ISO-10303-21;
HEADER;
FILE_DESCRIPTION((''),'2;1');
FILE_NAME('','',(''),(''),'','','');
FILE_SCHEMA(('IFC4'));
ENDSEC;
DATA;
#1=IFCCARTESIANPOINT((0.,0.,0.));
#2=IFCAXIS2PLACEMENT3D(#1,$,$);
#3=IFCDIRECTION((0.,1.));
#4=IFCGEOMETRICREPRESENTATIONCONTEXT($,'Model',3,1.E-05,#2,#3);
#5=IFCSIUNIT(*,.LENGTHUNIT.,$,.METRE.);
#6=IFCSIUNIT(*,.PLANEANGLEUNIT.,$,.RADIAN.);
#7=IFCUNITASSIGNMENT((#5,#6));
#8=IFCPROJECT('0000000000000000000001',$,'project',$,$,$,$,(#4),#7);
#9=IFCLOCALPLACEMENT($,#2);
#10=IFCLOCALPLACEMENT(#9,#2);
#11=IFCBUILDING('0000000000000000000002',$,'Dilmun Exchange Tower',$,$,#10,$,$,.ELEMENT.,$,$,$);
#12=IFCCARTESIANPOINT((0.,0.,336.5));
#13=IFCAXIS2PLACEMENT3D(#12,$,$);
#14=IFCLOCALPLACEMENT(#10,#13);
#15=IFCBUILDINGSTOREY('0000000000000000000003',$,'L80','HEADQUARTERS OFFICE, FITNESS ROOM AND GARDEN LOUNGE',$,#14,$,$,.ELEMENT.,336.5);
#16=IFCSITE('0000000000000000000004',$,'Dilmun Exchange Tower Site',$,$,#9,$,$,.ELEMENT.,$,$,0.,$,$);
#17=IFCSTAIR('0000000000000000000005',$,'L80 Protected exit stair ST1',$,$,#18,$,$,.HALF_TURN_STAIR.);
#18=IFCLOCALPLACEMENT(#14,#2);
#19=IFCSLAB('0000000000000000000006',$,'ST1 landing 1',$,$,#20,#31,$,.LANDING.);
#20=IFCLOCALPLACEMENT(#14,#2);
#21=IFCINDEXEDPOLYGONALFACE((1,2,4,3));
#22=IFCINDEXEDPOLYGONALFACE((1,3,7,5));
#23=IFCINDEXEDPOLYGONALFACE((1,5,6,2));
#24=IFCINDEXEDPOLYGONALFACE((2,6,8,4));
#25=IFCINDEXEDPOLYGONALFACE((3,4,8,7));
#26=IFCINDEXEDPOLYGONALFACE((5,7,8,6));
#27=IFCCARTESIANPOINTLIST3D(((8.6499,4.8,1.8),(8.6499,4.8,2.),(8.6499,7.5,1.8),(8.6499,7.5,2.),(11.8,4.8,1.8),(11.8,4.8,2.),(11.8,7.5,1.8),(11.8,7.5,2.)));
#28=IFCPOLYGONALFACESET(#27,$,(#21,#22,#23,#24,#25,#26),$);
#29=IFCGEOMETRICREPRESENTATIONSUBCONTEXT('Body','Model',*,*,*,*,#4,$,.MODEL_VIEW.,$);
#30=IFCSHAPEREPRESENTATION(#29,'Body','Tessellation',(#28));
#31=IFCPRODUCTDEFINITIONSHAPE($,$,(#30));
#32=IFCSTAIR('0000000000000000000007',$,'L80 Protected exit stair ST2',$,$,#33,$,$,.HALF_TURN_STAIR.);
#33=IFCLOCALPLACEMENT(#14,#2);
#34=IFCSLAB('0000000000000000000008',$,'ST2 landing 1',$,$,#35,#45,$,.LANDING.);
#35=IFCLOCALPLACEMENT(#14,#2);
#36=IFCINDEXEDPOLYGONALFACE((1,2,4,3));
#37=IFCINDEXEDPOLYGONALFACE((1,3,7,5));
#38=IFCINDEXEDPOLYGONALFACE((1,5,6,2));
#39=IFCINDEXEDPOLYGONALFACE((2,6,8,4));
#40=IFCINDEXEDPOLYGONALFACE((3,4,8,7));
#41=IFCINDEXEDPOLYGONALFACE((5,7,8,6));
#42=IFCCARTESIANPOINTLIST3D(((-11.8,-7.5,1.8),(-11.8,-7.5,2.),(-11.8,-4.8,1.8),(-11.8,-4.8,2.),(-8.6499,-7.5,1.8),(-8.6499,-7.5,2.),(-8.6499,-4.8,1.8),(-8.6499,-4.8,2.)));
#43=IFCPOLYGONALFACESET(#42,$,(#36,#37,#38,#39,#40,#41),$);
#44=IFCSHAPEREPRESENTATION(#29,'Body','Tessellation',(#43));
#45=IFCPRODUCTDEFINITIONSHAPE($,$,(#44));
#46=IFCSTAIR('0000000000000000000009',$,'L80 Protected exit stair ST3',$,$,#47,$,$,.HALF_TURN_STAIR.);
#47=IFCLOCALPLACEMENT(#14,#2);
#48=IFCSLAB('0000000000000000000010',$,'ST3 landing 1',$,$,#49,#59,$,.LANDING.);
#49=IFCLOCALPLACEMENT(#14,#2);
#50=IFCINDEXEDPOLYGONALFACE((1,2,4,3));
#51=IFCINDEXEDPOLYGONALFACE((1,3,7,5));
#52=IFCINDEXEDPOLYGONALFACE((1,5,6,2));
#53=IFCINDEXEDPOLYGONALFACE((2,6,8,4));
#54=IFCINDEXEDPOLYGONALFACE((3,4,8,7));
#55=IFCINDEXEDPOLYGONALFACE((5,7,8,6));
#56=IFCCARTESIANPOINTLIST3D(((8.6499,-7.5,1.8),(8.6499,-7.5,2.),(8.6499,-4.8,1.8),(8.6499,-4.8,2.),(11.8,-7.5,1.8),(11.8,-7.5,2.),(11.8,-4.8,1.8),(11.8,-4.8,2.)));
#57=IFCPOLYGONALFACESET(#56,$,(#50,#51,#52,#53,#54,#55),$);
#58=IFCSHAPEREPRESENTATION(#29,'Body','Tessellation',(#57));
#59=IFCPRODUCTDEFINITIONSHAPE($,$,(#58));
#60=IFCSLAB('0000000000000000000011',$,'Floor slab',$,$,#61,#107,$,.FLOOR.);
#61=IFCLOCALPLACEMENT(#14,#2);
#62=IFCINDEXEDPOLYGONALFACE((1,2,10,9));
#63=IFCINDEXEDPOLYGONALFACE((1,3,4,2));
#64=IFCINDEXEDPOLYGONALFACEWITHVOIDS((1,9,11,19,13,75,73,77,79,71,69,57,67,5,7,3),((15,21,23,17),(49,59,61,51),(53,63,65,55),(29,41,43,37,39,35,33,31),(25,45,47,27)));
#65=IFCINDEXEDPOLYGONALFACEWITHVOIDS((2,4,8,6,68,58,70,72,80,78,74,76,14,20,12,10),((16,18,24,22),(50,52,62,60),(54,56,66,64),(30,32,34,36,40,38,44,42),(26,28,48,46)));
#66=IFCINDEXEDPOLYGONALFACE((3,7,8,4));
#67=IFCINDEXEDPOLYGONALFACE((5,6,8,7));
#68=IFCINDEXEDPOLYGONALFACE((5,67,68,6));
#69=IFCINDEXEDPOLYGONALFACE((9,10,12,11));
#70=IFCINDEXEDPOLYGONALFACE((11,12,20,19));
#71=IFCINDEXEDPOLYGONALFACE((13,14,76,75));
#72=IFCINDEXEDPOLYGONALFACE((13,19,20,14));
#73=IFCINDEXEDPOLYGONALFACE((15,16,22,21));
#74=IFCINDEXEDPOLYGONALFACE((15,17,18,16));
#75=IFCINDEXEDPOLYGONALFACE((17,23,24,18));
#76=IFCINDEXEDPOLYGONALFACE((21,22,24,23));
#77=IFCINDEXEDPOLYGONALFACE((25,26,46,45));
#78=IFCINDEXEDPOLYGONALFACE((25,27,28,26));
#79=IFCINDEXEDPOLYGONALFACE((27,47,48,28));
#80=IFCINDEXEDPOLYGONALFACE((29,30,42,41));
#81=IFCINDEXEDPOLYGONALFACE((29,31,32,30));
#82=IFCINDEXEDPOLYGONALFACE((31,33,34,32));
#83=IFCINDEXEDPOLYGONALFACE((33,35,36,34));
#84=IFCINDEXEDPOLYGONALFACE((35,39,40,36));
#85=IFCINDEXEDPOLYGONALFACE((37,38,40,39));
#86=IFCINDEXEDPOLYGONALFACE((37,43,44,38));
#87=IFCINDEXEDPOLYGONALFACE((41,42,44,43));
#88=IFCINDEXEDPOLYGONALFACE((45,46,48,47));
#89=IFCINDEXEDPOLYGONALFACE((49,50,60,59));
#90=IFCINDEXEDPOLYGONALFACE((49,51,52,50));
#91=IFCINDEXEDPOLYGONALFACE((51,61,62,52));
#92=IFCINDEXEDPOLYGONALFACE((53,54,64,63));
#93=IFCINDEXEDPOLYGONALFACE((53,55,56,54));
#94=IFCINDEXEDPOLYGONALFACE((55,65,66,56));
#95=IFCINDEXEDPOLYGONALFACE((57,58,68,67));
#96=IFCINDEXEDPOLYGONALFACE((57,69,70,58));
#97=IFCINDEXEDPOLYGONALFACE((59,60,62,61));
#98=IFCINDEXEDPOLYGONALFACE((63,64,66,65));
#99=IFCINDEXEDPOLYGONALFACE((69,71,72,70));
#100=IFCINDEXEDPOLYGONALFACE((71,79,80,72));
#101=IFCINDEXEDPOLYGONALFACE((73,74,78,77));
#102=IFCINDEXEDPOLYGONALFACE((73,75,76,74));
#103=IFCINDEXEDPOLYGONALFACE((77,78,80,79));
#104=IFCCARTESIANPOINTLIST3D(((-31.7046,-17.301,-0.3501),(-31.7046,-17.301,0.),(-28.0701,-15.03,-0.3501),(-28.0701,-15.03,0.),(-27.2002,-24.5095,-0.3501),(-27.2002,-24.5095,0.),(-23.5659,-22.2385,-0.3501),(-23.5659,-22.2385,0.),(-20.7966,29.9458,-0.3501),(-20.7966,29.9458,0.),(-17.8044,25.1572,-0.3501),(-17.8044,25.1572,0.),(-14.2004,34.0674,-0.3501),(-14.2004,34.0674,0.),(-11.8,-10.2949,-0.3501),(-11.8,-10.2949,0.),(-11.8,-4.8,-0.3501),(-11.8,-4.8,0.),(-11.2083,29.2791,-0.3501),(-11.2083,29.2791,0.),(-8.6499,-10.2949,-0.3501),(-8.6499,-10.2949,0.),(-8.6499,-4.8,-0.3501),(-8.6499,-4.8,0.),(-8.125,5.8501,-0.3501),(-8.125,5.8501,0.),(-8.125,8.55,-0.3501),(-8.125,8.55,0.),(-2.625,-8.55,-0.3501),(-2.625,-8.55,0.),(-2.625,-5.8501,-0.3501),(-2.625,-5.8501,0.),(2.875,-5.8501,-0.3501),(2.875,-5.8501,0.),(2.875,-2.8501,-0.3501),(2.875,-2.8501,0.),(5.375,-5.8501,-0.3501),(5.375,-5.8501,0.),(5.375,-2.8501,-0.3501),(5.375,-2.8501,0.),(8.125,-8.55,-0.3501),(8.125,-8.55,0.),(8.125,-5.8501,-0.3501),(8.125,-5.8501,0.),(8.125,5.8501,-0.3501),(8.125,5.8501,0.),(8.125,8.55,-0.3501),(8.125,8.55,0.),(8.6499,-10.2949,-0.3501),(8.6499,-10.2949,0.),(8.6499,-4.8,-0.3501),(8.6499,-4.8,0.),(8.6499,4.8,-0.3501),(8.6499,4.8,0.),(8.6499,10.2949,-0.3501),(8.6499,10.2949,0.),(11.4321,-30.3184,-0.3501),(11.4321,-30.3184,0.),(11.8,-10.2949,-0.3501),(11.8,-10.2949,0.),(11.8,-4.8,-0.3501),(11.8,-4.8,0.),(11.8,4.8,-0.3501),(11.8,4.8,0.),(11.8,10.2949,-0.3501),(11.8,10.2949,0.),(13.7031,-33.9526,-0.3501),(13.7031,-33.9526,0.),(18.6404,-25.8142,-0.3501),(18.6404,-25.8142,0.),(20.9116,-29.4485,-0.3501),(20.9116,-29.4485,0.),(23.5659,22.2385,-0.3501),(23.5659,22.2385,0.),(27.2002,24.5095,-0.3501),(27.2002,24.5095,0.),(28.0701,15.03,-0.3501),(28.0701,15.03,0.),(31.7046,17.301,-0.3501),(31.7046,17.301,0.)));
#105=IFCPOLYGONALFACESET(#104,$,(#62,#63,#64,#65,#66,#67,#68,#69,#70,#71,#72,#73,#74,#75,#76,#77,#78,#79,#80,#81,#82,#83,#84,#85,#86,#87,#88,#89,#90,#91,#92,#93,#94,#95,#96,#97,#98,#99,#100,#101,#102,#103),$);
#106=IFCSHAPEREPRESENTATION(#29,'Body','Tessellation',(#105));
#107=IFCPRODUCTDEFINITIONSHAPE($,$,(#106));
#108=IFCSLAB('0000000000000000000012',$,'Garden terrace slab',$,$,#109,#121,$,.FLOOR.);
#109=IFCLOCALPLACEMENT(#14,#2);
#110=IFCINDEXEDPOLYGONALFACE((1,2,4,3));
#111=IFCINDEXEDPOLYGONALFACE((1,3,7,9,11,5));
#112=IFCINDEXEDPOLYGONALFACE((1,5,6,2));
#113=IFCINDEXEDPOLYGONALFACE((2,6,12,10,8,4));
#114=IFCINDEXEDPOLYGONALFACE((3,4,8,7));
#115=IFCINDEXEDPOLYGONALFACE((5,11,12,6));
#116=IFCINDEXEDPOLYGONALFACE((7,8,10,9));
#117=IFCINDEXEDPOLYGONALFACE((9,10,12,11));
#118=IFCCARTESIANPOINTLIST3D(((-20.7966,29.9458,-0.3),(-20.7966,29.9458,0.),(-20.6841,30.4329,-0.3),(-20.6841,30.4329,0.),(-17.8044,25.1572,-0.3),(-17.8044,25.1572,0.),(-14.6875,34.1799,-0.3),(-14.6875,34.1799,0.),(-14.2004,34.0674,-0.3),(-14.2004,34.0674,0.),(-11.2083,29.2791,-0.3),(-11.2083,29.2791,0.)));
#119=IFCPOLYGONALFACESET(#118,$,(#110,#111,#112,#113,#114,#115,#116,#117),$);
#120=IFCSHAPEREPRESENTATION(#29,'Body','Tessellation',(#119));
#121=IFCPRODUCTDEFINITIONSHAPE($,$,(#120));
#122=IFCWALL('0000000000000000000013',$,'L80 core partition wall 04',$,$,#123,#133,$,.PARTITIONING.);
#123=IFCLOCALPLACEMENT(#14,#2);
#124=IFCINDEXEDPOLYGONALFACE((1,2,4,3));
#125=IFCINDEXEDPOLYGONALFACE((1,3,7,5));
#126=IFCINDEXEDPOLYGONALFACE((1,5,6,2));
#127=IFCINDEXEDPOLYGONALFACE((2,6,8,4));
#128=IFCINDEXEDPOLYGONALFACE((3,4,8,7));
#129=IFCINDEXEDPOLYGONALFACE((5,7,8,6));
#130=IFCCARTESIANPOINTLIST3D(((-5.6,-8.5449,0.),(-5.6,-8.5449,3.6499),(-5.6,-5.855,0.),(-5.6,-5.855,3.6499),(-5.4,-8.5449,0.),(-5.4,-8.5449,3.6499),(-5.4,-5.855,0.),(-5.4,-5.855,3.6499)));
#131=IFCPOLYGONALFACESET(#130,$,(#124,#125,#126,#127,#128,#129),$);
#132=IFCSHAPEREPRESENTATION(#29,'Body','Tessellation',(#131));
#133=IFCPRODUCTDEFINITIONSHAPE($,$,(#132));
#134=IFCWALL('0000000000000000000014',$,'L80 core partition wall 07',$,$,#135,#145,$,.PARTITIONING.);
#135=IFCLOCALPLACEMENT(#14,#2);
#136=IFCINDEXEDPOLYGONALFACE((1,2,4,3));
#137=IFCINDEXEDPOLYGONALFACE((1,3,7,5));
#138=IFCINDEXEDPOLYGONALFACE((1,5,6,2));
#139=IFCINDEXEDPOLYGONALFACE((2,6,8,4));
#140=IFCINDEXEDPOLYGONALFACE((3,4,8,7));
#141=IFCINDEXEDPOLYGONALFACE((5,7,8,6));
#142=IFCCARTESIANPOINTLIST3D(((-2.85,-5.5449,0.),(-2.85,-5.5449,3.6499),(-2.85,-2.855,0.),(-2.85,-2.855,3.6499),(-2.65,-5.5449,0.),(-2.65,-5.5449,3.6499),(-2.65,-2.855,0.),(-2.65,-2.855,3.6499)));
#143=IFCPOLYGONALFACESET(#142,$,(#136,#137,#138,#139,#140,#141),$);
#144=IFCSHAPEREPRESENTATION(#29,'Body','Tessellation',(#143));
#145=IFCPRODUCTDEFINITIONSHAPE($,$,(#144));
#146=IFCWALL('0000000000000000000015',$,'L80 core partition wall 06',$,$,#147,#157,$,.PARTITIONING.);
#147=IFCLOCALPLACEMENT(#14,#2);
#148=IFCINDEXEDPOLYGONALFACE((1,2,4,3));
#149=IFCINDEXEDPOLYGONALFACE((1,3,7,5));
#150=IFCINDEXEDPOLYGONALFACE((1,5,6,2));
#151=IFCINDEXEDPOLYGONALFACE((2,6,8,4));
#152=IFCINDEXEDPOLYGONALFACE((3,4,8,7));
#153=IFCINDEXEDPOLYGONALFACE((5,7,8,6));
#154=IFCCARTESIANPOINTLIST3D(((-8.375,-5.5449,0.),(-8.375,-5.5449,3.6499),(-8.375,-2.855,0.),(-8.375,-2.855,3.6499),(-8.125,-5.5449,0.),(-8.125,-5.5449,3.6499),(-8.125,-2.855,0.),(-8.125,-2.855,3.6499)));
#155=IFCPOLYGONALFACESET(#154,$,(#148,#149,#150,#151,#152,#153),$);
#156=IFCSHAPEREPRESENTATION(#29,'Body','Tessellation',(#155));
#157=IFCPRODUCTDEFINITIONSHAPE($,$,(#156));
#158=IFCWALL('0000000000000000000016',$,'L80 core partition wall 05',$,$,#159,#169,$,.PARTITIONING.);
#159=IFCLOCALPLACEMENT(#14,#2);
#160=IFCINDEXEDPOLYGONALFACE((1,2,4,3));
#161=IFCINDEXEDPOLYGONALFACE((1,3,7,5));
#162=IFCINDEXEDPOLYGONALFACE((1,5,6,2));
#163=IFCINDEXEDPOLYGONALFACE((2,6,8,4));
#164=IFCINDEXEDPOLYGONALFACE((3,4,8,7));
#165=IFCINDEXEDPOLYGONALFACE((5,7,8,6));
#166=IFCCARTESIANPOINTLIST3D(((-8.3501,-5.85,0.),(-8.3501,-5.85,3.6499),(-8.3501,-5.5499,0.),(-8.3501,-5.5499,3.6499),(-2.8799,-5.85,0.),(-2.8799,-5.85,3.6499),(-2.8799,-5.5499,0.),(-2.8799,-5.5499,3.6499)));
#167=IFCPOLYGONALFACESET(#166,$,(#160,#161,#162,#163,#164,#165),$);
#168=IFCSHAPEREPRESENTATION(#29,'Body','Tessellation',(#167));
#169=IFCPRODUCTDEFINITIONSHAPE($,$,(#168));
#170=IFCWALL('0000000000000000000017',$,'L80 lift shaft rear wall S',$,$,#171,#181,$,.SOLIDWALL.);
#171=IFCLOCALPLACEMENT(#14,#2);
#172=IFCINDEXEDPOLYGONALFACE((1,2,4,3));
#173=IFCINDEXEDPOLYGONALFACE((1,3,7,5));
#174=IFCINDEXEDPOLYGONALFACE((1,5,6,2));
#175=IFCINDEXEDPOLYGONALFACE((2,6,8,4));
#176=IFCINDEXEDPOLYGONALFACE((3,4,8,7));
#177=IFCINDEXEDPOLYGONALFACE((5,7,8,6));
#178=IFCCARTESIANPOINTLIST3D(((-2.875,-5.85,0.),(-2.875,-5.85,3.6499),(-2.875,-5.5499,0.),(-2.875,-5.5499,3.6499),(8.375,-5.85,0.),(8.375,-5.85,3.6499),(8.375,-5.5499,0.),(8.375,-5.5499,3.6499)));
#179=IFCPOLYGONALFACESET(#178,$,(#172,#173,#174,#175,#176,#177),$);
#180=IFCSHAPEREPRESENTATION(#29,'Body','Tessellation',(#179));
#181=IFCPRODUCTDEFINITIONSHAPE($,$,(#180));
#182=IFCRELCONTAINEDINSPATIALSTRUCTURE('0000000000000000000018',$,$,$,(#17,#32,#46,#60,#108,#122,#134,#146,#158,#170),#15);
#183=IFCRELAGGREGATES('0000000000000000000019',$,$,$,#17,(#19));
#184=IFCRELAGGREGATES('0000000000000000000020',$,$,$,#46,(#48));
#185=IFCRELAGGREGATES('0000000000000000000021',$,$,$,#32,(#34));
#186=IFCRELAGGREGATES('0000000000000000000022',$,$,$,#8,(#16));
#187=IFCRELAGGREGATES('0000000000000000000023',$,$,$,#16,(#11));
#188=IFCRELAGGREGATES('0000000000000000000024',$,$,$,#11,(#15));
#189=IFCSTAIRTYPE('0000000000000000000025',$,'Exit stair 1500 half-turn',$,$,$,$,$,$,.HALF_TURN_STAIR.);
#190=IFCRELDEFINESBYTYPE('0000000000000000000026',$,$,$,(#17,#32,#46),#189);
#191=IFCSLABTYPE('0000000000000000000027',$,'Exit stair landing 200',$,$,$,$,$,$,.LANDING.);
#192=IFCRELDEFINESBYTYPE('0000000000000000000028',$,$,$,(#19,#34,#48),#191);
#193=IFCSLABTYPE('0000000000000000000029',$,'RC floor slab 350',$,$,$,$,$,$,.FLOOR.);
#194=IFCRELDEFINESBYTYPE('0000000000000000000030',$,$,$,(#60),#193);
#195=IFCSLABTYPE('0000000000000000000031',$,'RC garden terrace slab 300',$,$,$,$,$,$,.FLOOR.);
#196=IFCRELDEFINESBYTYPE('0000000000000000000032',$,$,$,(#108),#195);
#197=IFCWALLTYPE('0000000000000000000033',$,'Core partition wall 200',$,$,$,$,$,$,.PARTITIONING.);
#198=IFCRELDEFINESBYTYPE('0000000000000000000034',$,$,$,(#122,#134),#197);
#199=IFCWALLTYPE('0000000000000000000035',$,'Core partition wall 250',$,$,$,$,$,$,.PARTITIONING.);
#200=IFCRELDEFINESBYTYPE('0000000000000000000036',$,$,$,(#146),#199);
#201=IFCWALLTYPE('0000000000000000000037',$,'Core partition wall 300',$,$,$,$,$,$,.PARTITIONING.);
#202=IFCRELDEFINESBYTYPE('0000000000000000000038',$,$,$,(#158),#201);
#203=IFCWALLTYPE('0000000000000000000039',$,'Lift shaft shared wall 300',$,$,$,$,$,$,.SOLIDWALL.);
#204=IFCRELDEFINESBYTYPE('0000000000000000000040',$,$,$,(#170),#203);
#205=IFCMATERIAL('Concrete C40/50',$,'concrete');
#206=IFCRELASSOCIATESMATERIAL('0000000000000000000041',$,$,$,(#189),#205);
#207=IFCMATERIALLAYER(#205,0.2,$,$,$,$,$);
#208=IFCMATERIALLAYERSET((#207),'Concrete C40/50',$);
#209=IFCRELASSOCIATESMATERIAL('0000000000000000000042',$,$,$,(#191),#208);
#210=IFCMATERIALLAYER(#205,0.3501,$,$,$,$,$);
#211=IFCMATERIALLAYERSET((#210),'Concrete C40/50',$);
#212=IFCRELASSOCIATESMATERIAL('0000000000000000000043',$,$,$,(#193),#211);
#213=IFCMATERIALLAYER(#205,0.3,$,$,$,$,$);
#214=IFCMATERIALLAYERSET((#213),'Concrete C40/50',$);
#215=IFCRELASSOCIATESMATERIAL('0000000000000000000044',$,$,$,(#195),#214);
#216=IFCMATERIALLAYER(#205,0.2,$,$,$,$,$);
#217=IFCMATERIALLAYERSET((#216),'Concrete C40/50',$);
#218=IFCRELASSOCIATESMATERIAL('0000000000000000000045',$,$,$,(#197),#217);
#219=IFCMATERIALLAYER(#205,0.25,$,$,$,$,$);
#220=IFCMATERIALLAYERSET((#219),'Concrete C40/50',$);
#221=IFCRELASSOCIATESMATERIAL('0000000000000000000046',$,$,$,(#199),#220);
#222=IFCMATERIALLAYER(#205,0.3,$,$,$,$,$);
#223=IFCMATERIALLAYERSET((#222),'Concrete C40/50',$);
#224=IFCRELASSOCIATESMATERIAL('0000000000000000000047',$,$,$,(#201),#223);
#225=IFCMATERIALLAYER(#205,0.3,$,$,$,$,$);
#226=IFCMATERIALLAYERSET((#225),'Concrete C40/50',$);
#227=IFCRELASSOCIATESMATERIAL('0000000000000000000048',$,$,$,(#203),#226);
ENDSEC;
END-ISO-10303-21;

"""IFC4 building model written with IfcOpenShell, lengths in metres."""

from ifc_helpers import new_model, si_unit, direction, frame, frame_2d, origin, place, context, subcontext, project, spatial, polyline, rectangle, outline, extrude, material, layer, layer_set, type_object, element, aggregate, save


model = new_model("IFC4")

# Units and contexts
model_context = context("Model", 3, precision=1e-05, world=origin(), true_north=direction((0.0, 1.0)))
body_context = subcontext(model_context, "Body", "Model", "MODEL_VIEW")
ifc_project = project(units=[si_unit("LENGTHUNIT", "METRE"), si_unit("PLANEANGLEUNIT", "RADIAN")], contexts=[model_context])

# Site, building, storey
site_placement = place(None, origin())
site = spatial("IfcSite", under=ifc_project, at=site_placement, Name="Dilmun Exchange Tower Site", CompositionType="ELEMENT", RefElevation=0.0)
building_placement = place(site_placement, origin())
building = spatial("IfcBuilding", under=site, at=building_placement, Name="Dilmun Exchange Tower", CompositionType="ELEMENT")
storey_placement = place(building_placement, frame((0.0, 0.0, 336.5)))
storey = spatial("IfcBuildingStorey", under=building, at=storey_placement, Name="L80", Description="HEADQUARTERS OFFICE, FITNESS ROOM AND GARDEN LOUNGE", CompositionType="ELEMENT", Elevation=336.5)

# Stairs, slabs
ifc_material_1 = material(Name="Concrete C40/50", Category="concrete")
stair_type = type_object("IfcStairType", Name="Exit stair 1500 half-turn", PredefinedType="HALF_TURN_STAIR", material=ifc_material_1)
stair_1_placement = place(storey_placement, origin())
stair_1 = element("IfcStair", 1, at=stair_1_placement, inside=storey, type_object=stair_type, Name="L80 Protected exit stair ST1", PredefinedType="HALF_TURN_STAIR")
ifc_layer_1 = layer(ifc_material_1, 0.2)
ifc_layer_set_1 = layer_set([ifc_layer_1], Name="Concrete C40/50")
slab_type_1 = type_object("IfcSlabType", Name="Exit stair landing 200", PredefinedType="LANDING", material=ifc_layer_set_1)
slab_1_placement = place(storey_placement, frame((0.0, 0.0, 1.8)))
slab_1 = element("IfcSlab", 2, at=slab_1_placement, type_object=slab_type_1, Name="ST1 landing 1", PredefinedType="LANDING", context=body_context, shape_type="SweptSolid", body=[
    extrude(outline(polyline([(8.6499, 7.5), (8.6499, 4.8), (11.8, 4.8), (11.8, 7.5), (8.6499, 7.5)])), origin(), (0.0, 0.0, 1.0), 0.2),
])
aggregate(stair_1, [slab_1])
stair_2_placement = place(storey_placement, origin())
stair_2 = element("IfcStair", 3, at=stair_2_placement, inside=storey, type_object=stair_type, Name="L80 Protected exit stair ST2", PredefinedType="HALF_TURN_STAIR")
slab_2_placement = place(storey_placement, frame((0.0, 0.0, 1.8)))
slab_2 = element("IfcSlab", 4, at=slab_2_placement, type_object=slab_type_1, Name="ST2 landing 1", PredefinedType="LANDING", context=body_context, shape_type="SweptSolid", body=[
    extrude(outline(polyline([(-8.6499, -7.5), (-8.6499, -4.8), (-11.8, -4.8), (-11.8, -7.5), (-8.6499, -7.5)])), origin(), (0.0, 0.0, 1.0), 0.2),
])
stair_3_placement = place(storey_placement, origin())
stair_3 = element("IfcStair", 5, at=stair_3_placement, inside=storey, type_object=stair_type, Name="L80 Protected exit stair ST3", PredefinedType="HALF_TURN_STAIR")
slab_3_placement = place(storey_placement, frame((0.0, 0.0, 1.8)))
slab_3 = element("IfcSlab", 6, at=slab_3_placement, type_object=slab_type_1, Name="ST3 landing 1", PredefinedType="LANDING", context=body_context, shape_type="SweptSolid", body=[
    extrude(outline(polyline([(11.8, -7.5), (11.8, -4.8), (8.6499, -4.8), (8.6499, -7.5), (11.8, -7.5)])), origin(), (0.0, 0.0, 1.0), 0.2),
])
aggregate(stair_3, [slab_3])

# Slabs
ifc_layer_2 = layer(ifc_material_1, 0.3501)
ifc_layer_set_2 = layer_set([ifc_layer_2], Name="Concrete C40/50")
slab_type_2 = type_object("IfcSlabType", Name="RC floor slab 350", PredefinedType="FLOOR", material=ifc_layer_set_2)
slab_4_placement = place(storey_placement, frame((0.0, 0.0, -0.3501)))
element("IfcSlab", 7, at=slab_4_placement, inside=storey, type_object=slab_type_2, Name="Floor slab", PredefinedType="FLOOR", context=body_context, shape_type="SweptSolid", body=[
    extrude(outline(polyline([(23.5659, 22.2385), (28.0701, 15.03), (31.7046, 17.301), (20.9116, -29.4485), (18.6404, -25.8142), (11.4321, -30.3184), (13.7031, -33.9526), (-27.2002, -24.5095), (-23.5659, -22.2385), (-28.0701, -15.03), (-31.7046, -17.301), (-20.7966, 29.9458), (-17.8044, 25.1572), (-11.2083, 29.2791), (-14.2004, 34.0674), (27.2002, 24.5095), (23.5659, 22.2385)]), holes=[polyline([(-8.6499, -4.8), (-11.8, -4.8), (-11.8, -10.2949), (-8.6499, -10.2949), (-8.6499, -4.8)]), polyline([(11.8, -4.8), (8.6499, -4.8), (8.6499, -10.2949), (11.8, -10.2949), (11.8, -4.8)]), polyline([(2.875, -5.8501), (-2.625, -5.8501), (-2.625, -8.55), (8.125, -8.55), (8.125, -5.8501), (5.375, -5.8501), (5.375, -2.8501), (2.875, -2.8501), (2.875, -5.8501)]), polyline([(8.125, 5.8501), (8.125, 8.55), (-8.125, 8.55), (-8.125, 5.8501), (8.125, 5.8501)]), polyline([(8.6499, 10.2949), (8.6499, 4.8), (11.8, 4.8), (11.8, 10.2949), (8.6499, 10.2949)])]), origin(), (0.0, 0.0, 1.0), 0.3501),
])
ifc_layer_3 = layer(ifc_material_1, 0.3)
ifc_layer_set_3 = layer_set([ifc_layer_3], Name="Concrete C40/50")
slab_type_3 = type_object("IfcSlabType", Name="RC garden terrace slab 300", PredefinedType="FLOOR", material=ifc_layer_set_3)
slab_5_placement = place(storey_placement, frame((0.0, 0.0, -0.3)))
element("IfcSlab", 8, at=slab_5_placement, inside=storey, type_object=slab_type_3, Name="Garden terrace slab", PredefinedType="FLOOR", context=body_context, shape_type="SweptSolid", body=[
    extrude(outline(polyline([(-17.8044, 25.1572), (-20.7966, 29.9458), (-20.6841, 30.4329), (-14.6875, 34.1799), (-14.2004, 34.0674), (-11.2083, 29.2791), (-17.8044, 25.1572)])), origin(), (0.0, 0.0, 1.0), 0.3),
])

# Walls
ifc_layer_4 = layer(ifc_material_1, 0.2)
ifc_layer_set_4 = layer_set([ifc_layer_4], Name="Concrete C40/50")
wall_type_1 = type_object("IfcWallType", Name="Core partition wall 200", PredefinedType="PARTITIONING", material=ifc_layer_set_4)
for number, where, z_axis, x_axis, name in (
    (9, (-5.5, -8.5449, 0.0), (0.0, 0.0, 1.0), (0.0, 1.0, 0.0), "L80 core partition wall 04"),
    (10, (-2.75, -5.5449, 0.0), (0.0, 0.0, 1.0), (0.0, 1.0, 0.0), "L80 core partition wall 07"),
):
    element("IfcWall", number, at=place(storey_placement, frame(where, z_axis=z_axis, x_axis=x_axis)), inside=storey, type_object=wall_type_1, Name=name, PredefinedType="PARTITIONING", context=body_context, shape_type="SweptSolid", body=[
        extrude(rectangle(XDim=2.6899, YDim=0.2, at=frame_2d((1.345, 0.0))), origin(), (0.0, 0.0, 1.0), 3.6499),
    ])

# Walls
ifc_layer_5 = layer(ifc_material_1, 0.25)
ifc_layer_set_5 = layer_set([ifc_layer_5], Name="Concrete C40/50")
wall_type_2 = type_object("IfcWallType", Name="Core partition wall 250", PredefinedType="PARTITIONING", material=ifc_layer_set_5)
wall_1_placement = place(storey_placement, frame((-8.25, -5.5449, 0.0), z_axis=(0.0, 0.0, 1.0), x_axis=(0.0, 1.0, 0.0)))
element("IfcWall", 11, at=wall_1_placement, inside=storey, type_object=wall_type_2, Name="L80 core partition wall 06", PredefinedType="PARTITIONING", context=body_context, shape_type="SweptSolid", body=[
    extrude(rectangle(XDim=2.6899, YDim=0.25, at=frame_2d((1.345, 0.0))), origin(), (0.0, 0.0, 1.0), 3.6499),
])
ifc_layer_6 = layer(ifc_material_1, 0.3)
ifc_layer_set_6 = layer_set([ifc_layer_6], Name="Concrete C40/50")
wall_type_3 = type_object("IfcWallType", Name="Core partition wall 300", PredefinedType="PARTITIONING", material=ifc_layer_set_6)
wall_2_placement = place(storey_placement, frame((-8.3501, -5.7, 0.0), z_axis=(0.0, 0.0, 1.0), x_axis=(1.0, 0.0, 0.0)))
element("IfcWall", 12, at=wall_2_placement, inside=storey, type_object=wall_type_3, Name="L80 core partition wall 05", PredefinedType="PARTITIONING", context=body_context, shape_type="SweptSolid", body=[
    extrude(rectangle(XDim=5.4702, YDim=0.3, at=frame_2d((2.7351, 0.0))), origin(), (0.0, 0.0, 1.0), 3.6499),
])
ifc_layer_7 = layer(ifc_material_1, 0.3)
ifc_layer_set_7 = layer_set([ifc_layer_7], Name="Concrete C40/50")
wall_type_4 = type_object("IfcWallType", Name="Lift shaft shared wall 300", PredefinedType="SOLIDWALL", material=ifc_layer_set_7)
wall_3_placement = place(storey_placement, frame((-2.875, -5.7, 0.0), z_axis=(0.0, 0.0, 1.0), x_axis=(1.0, 0.0, 0.0)))
element("IfcWall", 13, at=wall_3_placement, inside=storey, type_object=wall_type_4, Name="L80 lift shaft rear wall S", PredefinedType="SOLIDWALL", context=body_context, shape_type="SweptSolid", body=[
    extrude(rectangle(XDim=11.25, YDim=0.3, at=frame_2d((5.625, 0.0))), origin(), (0.0, 0.0, 1.0), 3.6499),
])

aggregate(stair_2, [slab_2])

save(model, "model.ifc")
